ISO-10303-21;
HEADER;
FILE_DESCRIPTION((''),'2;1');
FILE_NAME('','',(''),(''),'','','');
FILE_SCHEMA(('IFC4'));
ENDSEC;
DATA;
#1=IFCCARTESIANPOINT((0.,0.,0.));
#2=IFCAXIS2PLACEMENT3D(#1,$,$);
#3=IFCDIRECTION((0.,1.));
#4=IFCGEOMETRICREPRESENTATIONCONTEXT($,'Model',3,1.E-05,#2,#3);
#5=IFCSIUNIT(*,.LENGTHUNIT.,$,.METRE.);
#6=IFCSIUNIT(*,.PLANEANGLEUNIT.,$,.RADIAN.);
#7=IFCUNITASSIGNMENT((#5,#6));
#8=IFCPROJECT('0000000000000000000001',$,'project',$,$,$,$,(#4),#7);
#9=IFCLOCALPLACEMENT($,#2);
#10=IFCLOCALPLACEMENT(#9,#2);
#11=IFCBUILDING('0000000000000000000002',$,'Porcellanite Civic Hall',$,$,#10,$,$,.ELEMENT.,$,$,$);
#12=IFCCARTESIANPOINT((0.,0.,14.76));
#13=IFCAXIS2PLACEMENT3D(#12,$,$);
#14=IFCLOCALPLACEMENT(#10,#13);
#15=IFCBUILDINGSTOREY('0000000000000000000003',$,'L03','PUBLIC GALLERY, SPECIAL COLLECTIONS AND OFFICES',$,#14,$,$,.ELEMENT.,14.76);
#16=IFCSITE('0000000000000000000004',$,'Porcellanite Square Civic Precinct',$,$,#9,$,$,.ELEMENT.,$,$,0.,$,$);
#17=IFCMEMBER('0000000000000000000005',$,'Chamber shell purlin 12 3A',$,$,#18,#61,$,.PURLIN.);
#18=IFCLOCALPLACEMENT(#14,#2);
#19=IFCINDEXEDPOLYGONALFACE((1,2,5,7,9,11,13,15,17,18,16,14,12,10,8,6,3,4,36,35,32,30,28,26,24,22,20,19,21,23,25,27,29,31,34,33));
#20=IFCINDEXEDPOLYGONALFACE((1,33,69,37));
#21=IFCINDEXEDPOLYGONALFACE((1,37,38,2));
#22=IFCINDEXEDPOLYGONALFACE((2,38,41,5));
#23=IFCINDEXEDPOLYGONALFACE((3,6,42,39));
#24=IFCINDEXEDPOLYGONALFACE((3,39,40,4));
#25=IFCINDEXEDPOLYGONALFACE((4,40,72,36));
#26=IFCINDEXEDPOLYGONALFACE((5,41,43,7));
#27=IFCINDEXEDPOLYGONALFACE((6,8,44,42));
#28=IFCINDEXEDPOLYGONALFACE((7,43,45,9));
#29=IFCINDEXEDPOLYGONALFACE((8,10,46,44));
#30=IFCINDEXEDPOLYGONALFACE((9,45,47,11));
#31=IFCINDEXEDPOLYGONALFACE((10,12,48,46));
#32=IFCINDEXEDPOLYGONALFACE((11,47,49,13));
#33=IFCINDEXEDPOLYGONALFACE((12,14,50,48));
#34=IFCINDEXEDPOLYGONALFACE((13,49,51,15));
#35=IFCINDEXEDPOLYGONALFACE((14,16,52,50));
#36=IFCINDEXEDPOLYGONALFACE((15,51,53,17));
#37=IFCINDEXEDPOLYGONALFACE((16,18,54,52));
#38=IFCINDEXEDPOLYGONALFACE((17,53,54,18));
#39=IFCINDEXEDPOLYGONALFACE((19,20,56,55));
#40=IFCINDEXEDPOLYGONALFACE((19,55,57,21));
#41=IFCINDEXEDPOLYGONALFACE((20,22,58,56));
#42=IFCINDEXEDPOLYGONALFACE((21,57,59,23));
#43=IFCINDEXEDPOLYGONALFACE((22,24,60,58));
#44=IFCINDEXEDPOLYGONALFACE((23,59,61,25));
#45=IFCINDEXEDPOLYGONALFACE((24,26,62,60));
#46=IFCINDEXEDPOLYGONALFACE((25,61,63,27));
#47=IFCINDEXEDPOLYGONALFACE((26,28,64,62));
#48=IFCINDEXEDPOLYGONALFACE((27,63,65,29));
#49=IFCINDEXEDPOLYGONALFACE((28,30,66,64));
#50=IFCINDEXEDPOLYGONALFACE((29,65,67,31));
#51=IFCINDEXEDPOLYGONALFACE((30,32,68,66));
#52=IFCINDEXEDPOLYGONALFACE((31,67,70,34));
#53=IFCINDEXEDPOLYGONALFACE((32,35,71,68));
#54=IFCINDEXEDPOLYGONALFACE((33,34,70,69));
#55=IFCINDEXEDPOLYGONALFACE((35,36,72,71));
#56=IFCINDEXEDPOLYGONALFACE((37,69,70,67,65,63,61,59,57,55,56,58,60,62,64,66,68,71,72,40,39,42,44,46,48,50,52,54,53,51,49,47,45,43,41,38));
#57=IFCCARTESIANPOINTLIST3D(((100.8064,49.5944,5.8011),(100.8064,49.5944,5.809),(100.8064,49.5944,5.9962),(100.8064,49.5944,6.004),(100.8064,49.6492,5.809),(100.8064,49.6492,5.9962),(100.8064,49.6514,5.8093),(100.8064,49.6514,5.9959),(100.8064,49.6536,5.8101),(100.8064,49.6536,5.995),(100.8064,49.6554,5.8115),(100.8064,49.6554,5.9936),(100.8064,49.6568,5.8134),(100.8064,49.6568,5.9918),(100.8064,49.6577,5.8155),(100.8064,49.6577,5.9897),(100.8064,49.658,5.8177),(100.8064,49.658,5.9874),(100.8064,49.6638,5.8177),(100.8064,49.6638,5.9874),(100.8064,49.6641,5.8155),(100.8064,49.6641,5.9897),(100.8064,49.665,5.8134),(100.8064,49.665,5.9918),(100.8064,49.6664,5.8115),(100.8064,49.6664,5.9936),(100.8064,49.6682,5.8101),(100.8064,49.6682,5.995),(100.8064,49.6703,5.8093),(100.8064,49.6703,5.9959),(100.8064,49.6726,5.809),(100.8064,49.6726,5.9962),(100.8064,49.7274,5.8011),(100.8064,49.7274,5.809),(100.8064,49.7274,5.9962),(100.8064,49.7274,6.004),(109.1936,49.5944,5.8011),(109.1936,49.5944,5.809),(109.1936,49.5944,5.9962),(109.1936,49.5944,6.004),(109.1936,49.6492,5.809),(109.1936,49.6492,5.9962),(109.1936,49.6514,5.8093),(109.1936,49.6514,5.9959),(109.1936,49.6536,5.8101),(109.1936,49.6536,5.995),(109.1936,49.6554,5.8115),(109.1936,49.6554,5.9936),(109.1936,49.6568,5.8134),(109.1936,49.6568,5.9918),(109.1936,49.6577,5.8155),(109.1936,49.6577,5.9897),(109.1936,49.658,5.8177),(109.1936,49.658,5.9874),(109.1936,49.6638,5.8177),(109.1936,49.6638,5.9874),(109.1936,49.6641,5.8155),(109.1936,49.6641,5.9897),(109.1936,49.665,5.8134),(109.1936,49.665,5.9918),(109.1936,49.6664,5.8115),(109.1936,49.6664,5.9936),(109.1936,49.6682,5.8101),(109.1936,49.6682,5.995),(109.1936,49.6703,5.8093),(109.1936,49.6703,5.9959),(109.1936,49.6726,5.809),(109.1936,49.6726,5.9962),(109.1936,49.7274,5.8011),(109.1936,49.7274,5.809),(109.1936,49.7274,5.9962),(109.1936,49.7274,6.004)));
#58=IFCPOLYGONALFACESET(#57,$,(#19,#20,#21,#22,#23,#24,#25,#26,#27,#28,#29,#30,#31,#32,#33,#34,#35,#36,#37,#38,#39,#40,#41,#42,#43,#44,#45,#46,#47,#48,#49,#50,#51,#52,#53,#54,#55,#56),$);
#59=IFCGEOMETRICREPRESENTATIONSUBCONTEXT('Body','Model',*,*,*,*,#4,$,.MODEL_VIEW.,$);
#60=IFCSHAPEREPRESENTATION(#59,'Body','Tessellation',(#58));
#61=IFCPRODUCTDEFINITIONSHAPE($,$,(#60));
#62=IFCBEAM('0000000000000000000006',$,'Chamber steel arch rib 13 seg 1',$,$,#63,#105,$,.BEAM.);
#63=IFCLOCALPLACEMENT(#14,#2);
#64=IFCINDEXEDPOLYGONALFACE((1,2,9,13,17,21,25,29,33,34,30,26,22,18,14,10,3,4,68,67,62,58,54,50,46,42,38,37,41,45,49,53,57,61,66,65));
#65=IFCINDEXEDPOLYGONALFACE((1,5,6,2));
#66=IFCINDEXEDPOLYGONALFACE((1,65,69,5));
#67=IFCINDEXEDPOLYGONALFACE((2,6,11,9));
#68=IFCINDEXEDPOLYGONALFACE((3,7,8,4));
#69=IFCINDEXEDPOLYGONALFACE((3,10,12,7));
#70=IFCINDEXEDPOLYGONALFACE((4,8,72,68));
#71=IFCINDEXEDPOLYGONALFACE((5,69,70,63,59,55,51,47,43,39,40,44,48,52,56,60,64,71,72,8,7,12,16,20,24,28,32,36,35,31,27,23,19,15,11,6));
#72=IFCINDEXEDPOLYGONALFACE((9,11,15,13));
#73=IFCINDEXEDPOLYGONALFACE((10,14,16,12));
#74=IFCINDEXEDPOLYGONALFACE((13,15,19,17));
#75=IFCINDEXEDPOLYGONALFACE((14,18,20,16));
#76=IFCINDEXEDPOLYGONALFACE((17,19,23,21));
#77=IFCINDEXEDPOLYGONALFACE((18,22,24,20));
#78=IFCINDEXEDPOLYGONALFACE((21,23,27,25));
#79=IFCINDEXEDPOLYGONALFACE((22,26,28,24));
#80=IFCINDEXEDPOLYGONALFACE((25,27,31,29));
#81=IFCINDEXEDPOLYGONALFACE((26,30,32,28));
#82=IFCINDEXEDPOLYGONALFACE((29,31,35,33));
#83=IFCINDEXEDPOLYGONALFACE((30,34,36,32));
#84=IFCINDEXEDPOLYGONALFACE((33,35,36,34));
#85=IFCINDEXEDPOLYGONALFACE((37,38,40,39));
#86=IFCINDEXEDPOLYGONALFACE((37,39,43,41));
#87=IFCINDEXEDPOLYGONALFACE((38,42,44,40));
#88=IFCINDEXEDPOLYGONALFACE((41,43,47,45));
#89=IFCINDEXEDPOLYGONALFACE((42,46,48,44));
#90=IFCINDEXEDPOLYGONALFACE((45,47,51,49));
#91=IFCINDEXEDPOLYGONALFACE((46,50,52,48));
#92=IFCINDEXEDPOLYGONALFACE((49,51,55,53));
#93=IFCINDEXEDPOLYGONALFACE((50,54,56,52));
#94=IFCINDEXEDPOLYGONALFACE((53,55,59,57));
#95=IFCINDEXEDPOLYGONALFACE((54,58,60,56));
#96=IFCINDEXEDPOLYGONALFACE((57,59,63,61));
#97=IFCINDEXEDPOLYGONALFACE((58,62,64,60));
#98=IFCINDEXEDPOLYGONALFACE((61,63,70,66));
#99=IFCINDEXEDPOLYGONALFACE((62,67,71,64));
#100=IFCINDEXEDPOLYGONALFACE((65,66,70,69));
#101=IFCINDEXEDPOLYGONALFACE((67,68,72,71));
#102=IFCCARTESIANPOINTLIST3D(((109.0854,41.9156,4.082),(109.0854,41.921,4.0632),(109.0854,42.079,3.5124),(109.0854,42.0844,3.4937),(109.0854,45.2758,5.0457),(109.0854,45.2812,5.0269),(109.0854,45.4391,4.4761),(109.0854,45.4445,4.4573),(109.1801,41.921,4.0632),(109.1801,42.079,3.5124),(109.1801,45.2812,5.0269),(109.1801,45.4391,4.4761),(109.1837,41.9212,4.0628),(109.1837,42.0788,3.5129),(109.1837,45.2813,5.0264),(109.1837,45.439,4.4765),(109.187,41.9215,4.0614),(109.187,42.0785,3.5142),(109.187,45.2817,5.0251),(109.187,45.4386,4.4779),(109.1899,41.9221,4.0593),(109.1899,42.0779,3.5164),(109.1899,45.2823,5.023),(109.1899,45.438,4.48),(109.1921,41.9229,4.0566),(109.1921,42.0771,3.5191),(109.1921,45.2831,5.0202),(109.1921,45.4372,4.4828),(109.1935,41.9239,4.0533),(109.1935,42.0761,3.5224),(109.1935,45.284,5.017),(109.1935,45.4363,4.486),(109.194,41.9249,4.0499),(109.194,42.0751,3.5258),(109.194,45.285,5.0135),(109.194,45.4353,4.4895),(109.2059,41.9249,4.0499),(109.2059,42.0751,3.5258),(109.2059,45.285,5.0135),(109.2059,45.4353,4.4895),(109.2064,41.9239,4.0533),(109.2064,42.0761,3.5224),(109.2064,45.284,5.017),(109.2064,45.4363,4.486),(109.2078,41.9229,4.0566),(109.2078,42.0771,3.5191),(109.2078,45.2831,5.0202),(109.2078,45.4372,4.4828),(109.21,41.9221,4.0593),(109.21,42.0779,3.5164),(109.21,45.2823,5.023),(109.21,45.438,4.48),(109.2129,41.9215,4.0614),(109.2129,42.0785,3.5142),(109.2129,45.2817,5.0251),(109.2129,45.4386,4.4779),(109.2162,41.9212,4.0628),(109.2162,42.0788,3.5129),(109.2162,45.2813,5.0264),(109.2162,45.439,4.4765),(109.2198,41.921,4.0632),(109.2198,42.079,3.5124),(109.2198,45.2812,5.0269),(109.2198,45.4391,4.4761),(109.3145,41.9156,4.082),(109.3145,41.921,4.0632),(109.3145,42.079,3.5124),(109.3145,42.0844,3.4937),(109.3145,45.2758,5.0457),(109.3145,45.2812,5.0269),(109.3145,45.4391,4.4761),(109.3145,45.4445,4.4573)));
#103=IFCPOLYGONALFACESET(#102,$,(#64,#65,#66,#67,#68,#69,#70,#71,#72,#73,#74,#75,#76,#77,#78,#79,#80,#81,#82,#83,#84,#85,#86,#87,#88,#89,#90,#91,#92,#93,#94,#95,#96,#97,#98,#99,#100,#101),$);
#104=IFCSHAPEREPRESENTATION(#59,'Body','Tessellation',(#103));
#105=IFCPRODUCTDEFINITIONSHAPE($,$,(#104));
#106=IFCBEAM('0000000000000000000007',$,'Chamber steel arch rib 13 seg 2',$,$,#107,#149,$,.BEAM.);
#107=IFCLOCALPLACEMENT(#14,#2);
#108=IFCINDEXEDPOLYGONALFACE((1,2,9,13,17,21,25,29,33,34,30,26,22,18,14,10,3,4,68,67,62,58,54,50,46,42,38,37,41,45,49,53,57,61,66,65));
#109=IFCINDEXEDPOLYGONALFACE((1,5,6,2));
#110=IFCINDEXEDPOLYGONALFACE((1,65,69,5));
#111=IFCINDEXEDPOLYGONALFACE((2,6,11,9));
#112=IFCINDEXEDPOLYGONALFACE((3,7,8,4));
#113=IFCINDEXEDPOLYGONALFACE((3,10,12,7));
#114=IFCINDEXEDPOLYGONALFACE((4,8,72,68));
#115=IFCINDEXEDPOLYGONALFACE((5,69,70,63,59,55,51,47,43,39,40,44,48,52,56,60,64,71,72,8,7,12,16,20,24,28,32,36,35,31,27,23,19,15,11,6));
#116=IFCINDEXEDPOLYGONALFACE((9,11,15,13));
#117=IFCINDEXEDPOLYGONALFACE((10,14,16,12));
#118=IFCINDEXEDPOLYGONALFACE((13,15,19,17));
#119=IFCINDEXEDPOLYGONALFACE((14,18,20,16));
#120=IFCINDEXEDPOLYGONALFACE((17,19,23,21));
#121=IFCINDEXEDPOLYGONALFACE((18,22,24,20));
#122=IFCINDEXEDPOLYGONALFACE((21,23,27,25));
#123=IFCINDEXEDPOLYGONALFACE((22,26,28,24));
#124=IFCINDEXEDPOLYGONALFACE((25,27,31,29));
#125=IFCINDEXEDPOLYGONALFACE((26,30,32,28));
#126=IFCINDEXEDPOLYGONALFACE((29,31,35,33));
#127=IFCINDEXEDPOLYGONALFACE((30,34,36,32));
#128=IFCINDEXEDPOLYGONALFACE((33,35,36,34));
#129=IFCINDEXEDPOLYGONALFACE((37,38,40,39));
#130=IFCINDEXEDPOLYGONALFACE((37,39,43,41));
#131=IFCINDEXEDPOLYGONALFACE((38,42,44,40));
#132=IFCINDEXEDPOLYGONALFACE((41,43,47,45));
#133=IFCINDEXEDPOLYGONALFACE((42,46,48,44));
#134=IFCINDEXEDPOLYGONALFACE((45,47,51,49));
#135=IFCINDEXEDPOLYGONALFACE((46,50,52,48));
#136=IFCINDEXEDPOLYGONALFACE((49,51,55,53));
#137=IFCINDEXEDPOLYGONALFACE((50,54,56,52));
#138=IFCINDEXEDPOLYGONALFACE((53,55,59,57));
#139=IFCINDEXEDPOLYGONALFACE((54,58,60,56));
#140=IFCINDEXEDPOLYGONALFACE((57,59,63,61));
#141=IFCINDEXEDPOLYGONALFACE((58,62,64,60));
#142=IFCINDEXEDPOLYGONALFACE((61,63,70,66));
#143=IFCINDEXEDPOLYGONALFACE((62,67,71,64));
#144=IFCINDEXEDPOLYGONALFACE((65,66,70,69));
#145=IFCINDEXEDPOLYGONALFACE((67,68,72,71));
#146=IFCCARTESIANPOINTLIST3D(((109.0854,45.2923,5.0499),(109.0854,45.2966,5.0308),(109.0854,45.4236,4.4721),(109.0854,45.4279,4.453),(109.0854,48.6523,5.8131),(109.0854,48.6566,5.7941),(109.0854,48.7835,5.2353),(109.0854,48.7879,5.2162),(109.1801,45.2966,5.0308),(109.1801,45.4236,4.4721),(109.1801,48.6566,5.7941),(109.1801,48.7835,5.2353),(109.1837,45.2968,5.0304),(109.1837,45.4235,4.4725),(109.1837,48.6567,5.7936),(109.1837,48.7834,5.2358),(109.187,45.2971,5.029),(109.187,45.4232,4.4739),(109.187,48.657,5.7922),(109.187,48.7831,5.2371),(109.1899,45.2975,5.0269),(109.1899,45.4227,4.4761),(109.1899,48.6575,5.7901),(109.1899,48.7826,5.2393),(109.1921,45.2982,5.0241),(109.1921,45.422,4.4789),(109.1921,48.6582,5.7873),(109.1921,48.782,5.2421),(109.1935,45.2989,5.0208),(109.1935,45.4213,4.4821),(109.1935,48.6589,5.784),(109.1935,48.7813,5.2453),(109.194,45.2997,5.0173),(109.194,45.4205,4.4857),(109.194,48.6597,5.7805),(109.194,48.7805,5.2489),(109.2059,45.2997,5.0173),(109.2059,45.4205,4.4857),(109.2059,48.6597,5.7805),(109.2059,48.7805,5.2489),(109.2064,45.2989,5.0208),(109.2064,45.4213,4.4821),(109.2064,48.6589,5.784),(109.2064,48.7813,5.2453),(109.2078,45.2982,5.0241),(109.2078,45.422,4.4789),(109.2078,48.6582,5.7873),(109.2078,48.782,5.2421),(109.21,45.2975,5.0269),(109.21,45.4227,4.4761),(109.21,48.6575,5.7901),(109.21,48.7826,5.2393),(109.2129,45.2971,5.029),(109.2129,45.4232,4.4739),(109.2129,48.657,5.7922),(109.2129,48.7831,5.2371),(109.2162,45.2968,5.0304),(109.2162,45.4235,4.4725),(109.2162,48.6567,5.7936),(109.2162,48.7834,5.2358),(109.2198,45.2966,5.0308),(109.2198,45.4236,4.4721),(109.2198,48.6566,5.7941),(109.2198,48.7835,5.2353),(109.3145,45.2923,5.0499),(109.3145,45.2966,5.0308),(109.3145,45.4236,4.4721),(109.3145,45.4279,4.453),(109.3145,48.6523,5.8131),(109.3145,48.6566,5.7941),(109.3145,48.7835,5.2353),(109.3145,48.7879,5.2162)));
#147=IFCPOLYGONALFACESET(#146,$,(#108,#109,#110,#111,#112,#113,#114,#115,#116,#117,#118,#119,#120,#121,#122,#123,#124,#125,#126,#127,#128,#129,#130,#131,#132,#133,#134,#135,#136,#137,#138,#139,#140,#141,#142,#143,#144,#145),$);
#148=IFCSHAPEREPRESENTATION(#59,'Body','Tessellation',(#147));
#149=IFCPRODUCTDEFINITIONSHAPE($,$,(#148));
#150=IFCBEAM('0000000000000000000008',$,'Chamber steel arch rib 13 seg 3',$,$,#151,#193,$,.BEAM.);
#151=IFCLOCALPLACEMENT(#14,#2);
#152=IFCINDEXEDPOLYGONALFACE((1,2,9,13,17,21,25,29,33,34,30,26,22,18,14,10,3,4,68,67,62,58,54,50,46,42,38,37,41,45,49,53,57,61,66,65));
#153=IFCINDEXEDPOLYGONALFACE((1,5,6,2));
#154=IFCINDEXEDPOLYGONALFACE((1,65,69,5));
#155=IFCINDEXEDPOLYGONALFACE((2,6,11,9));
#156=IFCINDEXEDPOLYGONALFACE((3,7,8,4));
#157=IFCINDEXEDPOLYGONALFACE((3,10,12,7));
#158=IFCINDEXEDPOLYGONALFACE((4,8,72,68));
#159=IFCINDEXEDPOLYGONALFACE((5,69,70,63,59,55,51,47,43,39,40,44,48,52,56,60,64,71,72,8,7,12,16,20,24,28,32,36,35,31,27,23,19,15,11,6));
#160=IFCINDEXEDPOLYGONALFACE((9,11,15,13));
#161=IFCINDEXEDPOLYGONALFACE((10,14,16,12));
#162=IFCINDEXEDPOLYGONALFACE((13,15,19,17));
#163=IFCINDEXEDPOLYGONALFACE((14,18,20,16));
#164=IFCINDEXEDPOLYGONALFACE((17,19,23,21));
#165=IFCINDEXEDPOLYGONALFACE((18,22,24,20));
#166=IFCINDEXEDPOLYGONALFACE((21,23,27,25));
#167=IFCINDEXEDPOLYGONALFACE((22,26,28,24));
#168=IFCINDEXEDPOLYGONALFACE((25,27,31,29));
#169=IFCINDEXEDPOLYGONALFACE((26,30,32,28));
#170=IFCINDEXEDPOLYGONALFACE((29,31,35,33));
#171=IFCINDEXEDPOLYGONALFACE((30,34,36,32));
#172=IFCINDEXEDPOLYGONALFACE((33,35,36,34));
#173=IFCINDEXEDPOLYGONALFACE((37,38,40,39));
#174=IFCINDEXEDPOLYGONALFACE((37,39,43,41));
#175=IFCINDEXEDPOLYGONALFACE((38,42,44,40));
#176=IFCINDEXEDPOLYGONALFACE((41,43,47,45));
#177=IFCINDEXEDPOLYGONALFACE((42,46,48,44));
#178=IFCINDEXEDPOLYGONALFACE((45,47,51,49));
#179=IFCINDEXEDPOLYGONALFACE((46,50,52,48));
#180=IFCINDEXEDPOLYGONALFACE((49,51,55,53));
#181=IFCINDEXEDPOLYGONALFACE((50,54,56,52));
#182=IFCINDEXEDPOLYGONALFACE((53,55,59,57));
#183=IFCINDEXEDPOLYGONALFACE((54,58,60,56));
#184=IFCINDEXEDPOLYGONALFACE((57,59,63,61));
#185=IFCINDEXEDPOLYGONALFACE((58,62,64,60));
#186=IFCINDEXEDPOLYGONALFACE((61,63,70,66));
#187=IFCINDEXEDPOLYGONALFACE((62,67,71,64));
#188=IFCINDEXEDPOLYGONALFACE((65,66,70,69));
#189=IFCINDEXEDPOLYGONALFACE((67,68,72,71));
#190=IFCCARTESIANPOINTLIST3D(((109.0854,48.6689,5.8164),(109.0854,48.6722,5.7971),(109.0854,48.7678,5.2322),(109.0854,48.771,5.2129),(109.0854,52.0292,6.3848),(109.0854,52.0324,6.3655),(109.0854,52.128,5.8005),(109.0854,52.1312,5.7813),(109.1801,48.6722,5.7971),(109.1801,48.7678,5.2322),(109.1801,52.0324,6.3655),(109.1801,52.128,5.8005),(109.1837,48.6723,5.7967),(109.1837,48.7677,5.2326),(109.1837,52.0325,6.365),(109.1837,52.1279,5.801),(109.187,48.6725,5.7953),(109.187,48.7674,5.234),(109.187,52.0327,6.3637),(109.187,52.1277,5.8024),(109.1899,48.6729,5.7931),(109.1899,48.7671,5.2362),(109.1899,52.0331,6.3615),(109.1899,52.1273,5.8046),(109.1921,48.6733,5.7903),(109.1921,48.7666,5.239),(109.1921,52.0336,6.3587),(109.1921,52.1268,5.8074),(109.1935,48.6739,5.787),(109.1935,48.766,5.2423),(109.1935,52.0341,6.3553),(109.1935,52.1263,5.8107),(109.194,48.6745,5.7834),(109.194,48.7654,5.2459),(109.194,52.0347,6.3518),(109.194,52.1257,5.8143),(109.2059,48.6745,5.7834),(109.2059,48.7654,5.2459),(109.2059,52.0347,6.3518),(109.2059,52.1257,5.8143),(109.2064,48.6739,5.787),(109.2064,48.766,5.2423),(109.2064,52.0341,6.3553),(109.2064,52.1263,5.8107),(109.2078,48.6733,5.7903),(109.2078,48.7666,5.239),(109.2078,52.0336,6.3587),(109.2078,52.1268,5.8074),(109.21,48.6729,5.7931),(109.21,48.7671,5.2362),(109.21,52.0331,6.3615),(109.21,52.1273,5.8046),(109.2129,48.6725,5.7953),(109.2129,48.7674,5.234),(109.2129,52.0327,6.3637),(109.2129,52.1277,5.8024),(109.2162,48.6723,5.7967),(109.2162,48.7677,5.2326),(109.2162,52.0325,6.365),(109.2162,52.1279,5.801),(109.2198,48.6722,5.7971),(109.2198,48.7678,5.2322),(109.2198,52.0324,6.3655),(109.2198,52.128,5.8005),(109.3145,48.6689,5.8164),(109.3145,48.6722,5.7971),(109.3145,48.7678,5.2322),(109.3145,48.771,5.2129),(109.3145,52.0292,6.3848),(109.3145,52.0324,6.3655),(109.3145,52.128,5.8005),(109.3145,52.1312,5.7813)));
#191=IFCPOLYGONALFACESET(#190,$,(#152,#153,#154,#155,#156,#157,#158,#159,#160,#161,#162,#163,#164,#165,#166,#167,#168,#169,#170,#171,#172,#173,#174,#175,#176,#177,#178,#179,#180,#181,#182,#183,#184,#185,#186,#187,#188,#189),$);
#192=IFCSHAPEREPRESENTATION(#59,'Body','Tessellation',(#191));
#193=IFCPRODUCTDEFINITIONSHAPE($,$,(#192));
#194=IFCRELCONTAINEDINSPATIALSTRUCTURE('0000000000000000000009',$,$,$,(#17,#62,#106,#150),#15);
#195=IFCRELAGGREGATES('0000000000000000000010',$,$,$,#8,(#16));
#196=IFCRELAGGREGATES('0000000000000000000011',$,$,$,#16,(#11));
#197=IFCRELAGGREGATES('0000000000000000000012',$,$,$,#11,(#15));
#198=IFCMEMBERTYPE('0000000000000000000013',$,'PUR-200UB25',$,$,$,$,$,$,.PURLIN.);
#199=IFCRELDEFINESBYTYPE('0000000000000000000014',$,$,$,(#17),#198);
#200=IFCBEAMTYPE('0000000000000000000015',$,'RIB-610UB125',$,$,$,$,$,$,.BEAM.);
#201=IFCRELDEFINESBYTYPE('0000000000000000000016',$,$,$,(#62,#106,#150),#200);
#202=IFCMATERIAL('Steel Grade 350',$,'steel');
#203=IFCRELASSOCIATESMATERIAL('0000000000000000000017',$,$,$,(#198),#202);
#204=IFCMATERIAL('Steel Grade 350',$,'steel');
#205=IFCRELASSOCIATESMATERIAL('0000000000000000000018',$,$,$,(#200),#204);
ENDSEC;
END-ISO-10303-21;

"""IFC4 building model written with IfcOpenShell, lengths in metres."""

from ifc_helpers import new_model, si_unit, direction, frame, origin, origin_2d, place, context, subcontext, project, spatial, i_section, extrude, material, material_profile, profile_set, type_object, element, save


model = new_model("IFC4")

# Units and contexts
model_context = context("Model", 3, precision=1e-05, world=origin(), true_north=direction((0.0, 1.0)))
body_context = subcontext(model_context, "Body", "Model", "MODEL_VIEW")
ifc_project = project(units=[si_unit("LENGTHUNIT", "METRE"), si_unit("PLANEANGLEUNIT", "RADIAN")], contexts=[model_context])

# Site, building, storey
site_placement = place(None, origin())
site = spatial("IfcSite", under=ifc_project, at=site_placement, Name="Porcellanite Square Civic Precinct", CompositionType="ELEMENT", RefElevation=0.0)
building_placement = place(site_placement, origin())
building = spatial("IfcBuilding", under=site, at=building_placement, Name="Porcellanite Civic Hall", CompositionType="ELEMENT")
storey_placement = place(building_placement, frame((0.0, 0.0, 14.76)))
storey = spatial("IfcBuildingStorey", under=building, at=storey_placement, Name="L03", Description="PUBLIC GALLERY, SPECIAL COLLECTIONS AND OFFICES", CompositionType="ELEMENT", Elevation=14.76)

# Member
ifc_material_1 = material(Name="Steel Grade 350", Category="steel")
ifc_material_profile_1 = material_profile(ifc_material_1, i_section(OverallWidth=0.1331, OverallDepth=0.2029, WebThickness=0.0059, FlangeThickness=0.0078, FilletRadius=0.0088, at=origin_2d()), Name="200UB25.4")
ifc_profile_set_1 = profile_set([ifc_material_profile_1], Name="Steel Grade 350")
member_type_1 = type_object("IfcMemberType", Name="PUR-200UB25", PredefinedType="PURLIN", material=ifc_profile_set_1)
for number, where, z_axis, x_axis, name in (
    (1, (100.8064, 49.6609, 5.9026), (1.0, 0.0, 0.0), (0.0, 1.0, 0.0), "Chamber shell purlin 12 3A"),
):
    element("IfcMember", number, at=place(storey_placement, frame(where, z_axis=z_axis, x_axis=x_axis)), inside=storey, type_object=member_type_1, Name=name, PredefinedType="PURLIN", context=body_context, shape_type="SweptSolid", body=[
        extrude(i_section(OverallWidth=0.1331, OverallDepth=0.2029, WebThickness=0.0059, FlangeThickness=0.0078, FilletRadius=0.0088, at=origin_2d()), origin(), (0.0, 0.0, 1.0), 8.3872),
    ])

# Beams
ifc_material_2 = material(Name="Steel Grade 350", Category="steel")
ifc_material_profile_2 = material_profile(ifc_material_2, i_section(OverallWidth=0.229, OverallDepth=0.6121, WebThickness=0.012, FlangeThickness=0.0195, FilletRadius=0.0139, at=origin_2d()), Name="610UB125")
ifc_profile_set_2 = profile_set([ifc_material_profile_2], Name="Steel Grade 350")
beam_type_1 = type_object("IfcBeamType", Name="RIB-610UB125", PredefinedType="BEAM", material=ifc_profile_set_2)
beam_1_placement = place(storey_placement, frame((109.2, 42.0, 3.7878), z_axis=(0.0, 0.961252, 0.275671), x_axis=(-1.0, 0.0, 0.0)))
element("IfcBeam", 2, at=beam_1_placement, inside=storey, type_object=beam_type_1, Name="Chamber steel arch rib 13 seg 1", PredefinedType="BEAM", context=body_context, shape_type="SweptSolid", body=[
    extrude(i_section(OverallWidth=0.229, OverallDepth=0.6121, WebThickness=0.012, FlangeThickness=0.0195, FilletRadius=0.0139, at=origin_2d()), origin(), (0.0, 0.0, 1.0), 3.4956),
])
beam_2_placement = place(storey_placement, frame((109.2, 45.3601, 4.7515), z_axis=(0.0, 0.975159, 0.221505), x_axis=(-1.0, 0.0, 0.0)))
element("IfcBeam", 3, at=beam_2_placement, inside=storey, type_object=beam_type_1, Name="Chamber steel arch rib 13 seg 2", PredefinedType="BEAM", context=body_context, shape_type="SweptSolid", body=[
    extrude(i_section(OverallWidth=0.229, OverallDepth=0.6121, WebThickness=0.012, FlangeThickness=0.0195, FilletRadius=0.0139, at=origin_2d()), origin(), (0.0, 0.0, 1.0), 3.4456),
])
beam_3_placement = place(storey_placement, frame((109.2, 48.72, 5.5146), z_axis=(0.0, 0.985994, 0.16678), x_axis=(-1.0, 0.0, 0.0)))
element("IfcBeam", 4, at=beam_3_placement, inside=storey, type_object=beam_type_1, Name="Chamber steel arch rib 13 seg 3", PredefinedType="BEAM", context=body_context, shape_type="SweptSolid", body=[
    extrude(i_section(OverallWidth=0.229, OverallDepth=0.6121, WebThickness=0.012, FlangeThickness=0.0195, FilletRadius=0.0139, at=origin_2d()), origin(), (0.0, 0.0, 1.0), 3.408),
])

save(model, "model.ifc")
